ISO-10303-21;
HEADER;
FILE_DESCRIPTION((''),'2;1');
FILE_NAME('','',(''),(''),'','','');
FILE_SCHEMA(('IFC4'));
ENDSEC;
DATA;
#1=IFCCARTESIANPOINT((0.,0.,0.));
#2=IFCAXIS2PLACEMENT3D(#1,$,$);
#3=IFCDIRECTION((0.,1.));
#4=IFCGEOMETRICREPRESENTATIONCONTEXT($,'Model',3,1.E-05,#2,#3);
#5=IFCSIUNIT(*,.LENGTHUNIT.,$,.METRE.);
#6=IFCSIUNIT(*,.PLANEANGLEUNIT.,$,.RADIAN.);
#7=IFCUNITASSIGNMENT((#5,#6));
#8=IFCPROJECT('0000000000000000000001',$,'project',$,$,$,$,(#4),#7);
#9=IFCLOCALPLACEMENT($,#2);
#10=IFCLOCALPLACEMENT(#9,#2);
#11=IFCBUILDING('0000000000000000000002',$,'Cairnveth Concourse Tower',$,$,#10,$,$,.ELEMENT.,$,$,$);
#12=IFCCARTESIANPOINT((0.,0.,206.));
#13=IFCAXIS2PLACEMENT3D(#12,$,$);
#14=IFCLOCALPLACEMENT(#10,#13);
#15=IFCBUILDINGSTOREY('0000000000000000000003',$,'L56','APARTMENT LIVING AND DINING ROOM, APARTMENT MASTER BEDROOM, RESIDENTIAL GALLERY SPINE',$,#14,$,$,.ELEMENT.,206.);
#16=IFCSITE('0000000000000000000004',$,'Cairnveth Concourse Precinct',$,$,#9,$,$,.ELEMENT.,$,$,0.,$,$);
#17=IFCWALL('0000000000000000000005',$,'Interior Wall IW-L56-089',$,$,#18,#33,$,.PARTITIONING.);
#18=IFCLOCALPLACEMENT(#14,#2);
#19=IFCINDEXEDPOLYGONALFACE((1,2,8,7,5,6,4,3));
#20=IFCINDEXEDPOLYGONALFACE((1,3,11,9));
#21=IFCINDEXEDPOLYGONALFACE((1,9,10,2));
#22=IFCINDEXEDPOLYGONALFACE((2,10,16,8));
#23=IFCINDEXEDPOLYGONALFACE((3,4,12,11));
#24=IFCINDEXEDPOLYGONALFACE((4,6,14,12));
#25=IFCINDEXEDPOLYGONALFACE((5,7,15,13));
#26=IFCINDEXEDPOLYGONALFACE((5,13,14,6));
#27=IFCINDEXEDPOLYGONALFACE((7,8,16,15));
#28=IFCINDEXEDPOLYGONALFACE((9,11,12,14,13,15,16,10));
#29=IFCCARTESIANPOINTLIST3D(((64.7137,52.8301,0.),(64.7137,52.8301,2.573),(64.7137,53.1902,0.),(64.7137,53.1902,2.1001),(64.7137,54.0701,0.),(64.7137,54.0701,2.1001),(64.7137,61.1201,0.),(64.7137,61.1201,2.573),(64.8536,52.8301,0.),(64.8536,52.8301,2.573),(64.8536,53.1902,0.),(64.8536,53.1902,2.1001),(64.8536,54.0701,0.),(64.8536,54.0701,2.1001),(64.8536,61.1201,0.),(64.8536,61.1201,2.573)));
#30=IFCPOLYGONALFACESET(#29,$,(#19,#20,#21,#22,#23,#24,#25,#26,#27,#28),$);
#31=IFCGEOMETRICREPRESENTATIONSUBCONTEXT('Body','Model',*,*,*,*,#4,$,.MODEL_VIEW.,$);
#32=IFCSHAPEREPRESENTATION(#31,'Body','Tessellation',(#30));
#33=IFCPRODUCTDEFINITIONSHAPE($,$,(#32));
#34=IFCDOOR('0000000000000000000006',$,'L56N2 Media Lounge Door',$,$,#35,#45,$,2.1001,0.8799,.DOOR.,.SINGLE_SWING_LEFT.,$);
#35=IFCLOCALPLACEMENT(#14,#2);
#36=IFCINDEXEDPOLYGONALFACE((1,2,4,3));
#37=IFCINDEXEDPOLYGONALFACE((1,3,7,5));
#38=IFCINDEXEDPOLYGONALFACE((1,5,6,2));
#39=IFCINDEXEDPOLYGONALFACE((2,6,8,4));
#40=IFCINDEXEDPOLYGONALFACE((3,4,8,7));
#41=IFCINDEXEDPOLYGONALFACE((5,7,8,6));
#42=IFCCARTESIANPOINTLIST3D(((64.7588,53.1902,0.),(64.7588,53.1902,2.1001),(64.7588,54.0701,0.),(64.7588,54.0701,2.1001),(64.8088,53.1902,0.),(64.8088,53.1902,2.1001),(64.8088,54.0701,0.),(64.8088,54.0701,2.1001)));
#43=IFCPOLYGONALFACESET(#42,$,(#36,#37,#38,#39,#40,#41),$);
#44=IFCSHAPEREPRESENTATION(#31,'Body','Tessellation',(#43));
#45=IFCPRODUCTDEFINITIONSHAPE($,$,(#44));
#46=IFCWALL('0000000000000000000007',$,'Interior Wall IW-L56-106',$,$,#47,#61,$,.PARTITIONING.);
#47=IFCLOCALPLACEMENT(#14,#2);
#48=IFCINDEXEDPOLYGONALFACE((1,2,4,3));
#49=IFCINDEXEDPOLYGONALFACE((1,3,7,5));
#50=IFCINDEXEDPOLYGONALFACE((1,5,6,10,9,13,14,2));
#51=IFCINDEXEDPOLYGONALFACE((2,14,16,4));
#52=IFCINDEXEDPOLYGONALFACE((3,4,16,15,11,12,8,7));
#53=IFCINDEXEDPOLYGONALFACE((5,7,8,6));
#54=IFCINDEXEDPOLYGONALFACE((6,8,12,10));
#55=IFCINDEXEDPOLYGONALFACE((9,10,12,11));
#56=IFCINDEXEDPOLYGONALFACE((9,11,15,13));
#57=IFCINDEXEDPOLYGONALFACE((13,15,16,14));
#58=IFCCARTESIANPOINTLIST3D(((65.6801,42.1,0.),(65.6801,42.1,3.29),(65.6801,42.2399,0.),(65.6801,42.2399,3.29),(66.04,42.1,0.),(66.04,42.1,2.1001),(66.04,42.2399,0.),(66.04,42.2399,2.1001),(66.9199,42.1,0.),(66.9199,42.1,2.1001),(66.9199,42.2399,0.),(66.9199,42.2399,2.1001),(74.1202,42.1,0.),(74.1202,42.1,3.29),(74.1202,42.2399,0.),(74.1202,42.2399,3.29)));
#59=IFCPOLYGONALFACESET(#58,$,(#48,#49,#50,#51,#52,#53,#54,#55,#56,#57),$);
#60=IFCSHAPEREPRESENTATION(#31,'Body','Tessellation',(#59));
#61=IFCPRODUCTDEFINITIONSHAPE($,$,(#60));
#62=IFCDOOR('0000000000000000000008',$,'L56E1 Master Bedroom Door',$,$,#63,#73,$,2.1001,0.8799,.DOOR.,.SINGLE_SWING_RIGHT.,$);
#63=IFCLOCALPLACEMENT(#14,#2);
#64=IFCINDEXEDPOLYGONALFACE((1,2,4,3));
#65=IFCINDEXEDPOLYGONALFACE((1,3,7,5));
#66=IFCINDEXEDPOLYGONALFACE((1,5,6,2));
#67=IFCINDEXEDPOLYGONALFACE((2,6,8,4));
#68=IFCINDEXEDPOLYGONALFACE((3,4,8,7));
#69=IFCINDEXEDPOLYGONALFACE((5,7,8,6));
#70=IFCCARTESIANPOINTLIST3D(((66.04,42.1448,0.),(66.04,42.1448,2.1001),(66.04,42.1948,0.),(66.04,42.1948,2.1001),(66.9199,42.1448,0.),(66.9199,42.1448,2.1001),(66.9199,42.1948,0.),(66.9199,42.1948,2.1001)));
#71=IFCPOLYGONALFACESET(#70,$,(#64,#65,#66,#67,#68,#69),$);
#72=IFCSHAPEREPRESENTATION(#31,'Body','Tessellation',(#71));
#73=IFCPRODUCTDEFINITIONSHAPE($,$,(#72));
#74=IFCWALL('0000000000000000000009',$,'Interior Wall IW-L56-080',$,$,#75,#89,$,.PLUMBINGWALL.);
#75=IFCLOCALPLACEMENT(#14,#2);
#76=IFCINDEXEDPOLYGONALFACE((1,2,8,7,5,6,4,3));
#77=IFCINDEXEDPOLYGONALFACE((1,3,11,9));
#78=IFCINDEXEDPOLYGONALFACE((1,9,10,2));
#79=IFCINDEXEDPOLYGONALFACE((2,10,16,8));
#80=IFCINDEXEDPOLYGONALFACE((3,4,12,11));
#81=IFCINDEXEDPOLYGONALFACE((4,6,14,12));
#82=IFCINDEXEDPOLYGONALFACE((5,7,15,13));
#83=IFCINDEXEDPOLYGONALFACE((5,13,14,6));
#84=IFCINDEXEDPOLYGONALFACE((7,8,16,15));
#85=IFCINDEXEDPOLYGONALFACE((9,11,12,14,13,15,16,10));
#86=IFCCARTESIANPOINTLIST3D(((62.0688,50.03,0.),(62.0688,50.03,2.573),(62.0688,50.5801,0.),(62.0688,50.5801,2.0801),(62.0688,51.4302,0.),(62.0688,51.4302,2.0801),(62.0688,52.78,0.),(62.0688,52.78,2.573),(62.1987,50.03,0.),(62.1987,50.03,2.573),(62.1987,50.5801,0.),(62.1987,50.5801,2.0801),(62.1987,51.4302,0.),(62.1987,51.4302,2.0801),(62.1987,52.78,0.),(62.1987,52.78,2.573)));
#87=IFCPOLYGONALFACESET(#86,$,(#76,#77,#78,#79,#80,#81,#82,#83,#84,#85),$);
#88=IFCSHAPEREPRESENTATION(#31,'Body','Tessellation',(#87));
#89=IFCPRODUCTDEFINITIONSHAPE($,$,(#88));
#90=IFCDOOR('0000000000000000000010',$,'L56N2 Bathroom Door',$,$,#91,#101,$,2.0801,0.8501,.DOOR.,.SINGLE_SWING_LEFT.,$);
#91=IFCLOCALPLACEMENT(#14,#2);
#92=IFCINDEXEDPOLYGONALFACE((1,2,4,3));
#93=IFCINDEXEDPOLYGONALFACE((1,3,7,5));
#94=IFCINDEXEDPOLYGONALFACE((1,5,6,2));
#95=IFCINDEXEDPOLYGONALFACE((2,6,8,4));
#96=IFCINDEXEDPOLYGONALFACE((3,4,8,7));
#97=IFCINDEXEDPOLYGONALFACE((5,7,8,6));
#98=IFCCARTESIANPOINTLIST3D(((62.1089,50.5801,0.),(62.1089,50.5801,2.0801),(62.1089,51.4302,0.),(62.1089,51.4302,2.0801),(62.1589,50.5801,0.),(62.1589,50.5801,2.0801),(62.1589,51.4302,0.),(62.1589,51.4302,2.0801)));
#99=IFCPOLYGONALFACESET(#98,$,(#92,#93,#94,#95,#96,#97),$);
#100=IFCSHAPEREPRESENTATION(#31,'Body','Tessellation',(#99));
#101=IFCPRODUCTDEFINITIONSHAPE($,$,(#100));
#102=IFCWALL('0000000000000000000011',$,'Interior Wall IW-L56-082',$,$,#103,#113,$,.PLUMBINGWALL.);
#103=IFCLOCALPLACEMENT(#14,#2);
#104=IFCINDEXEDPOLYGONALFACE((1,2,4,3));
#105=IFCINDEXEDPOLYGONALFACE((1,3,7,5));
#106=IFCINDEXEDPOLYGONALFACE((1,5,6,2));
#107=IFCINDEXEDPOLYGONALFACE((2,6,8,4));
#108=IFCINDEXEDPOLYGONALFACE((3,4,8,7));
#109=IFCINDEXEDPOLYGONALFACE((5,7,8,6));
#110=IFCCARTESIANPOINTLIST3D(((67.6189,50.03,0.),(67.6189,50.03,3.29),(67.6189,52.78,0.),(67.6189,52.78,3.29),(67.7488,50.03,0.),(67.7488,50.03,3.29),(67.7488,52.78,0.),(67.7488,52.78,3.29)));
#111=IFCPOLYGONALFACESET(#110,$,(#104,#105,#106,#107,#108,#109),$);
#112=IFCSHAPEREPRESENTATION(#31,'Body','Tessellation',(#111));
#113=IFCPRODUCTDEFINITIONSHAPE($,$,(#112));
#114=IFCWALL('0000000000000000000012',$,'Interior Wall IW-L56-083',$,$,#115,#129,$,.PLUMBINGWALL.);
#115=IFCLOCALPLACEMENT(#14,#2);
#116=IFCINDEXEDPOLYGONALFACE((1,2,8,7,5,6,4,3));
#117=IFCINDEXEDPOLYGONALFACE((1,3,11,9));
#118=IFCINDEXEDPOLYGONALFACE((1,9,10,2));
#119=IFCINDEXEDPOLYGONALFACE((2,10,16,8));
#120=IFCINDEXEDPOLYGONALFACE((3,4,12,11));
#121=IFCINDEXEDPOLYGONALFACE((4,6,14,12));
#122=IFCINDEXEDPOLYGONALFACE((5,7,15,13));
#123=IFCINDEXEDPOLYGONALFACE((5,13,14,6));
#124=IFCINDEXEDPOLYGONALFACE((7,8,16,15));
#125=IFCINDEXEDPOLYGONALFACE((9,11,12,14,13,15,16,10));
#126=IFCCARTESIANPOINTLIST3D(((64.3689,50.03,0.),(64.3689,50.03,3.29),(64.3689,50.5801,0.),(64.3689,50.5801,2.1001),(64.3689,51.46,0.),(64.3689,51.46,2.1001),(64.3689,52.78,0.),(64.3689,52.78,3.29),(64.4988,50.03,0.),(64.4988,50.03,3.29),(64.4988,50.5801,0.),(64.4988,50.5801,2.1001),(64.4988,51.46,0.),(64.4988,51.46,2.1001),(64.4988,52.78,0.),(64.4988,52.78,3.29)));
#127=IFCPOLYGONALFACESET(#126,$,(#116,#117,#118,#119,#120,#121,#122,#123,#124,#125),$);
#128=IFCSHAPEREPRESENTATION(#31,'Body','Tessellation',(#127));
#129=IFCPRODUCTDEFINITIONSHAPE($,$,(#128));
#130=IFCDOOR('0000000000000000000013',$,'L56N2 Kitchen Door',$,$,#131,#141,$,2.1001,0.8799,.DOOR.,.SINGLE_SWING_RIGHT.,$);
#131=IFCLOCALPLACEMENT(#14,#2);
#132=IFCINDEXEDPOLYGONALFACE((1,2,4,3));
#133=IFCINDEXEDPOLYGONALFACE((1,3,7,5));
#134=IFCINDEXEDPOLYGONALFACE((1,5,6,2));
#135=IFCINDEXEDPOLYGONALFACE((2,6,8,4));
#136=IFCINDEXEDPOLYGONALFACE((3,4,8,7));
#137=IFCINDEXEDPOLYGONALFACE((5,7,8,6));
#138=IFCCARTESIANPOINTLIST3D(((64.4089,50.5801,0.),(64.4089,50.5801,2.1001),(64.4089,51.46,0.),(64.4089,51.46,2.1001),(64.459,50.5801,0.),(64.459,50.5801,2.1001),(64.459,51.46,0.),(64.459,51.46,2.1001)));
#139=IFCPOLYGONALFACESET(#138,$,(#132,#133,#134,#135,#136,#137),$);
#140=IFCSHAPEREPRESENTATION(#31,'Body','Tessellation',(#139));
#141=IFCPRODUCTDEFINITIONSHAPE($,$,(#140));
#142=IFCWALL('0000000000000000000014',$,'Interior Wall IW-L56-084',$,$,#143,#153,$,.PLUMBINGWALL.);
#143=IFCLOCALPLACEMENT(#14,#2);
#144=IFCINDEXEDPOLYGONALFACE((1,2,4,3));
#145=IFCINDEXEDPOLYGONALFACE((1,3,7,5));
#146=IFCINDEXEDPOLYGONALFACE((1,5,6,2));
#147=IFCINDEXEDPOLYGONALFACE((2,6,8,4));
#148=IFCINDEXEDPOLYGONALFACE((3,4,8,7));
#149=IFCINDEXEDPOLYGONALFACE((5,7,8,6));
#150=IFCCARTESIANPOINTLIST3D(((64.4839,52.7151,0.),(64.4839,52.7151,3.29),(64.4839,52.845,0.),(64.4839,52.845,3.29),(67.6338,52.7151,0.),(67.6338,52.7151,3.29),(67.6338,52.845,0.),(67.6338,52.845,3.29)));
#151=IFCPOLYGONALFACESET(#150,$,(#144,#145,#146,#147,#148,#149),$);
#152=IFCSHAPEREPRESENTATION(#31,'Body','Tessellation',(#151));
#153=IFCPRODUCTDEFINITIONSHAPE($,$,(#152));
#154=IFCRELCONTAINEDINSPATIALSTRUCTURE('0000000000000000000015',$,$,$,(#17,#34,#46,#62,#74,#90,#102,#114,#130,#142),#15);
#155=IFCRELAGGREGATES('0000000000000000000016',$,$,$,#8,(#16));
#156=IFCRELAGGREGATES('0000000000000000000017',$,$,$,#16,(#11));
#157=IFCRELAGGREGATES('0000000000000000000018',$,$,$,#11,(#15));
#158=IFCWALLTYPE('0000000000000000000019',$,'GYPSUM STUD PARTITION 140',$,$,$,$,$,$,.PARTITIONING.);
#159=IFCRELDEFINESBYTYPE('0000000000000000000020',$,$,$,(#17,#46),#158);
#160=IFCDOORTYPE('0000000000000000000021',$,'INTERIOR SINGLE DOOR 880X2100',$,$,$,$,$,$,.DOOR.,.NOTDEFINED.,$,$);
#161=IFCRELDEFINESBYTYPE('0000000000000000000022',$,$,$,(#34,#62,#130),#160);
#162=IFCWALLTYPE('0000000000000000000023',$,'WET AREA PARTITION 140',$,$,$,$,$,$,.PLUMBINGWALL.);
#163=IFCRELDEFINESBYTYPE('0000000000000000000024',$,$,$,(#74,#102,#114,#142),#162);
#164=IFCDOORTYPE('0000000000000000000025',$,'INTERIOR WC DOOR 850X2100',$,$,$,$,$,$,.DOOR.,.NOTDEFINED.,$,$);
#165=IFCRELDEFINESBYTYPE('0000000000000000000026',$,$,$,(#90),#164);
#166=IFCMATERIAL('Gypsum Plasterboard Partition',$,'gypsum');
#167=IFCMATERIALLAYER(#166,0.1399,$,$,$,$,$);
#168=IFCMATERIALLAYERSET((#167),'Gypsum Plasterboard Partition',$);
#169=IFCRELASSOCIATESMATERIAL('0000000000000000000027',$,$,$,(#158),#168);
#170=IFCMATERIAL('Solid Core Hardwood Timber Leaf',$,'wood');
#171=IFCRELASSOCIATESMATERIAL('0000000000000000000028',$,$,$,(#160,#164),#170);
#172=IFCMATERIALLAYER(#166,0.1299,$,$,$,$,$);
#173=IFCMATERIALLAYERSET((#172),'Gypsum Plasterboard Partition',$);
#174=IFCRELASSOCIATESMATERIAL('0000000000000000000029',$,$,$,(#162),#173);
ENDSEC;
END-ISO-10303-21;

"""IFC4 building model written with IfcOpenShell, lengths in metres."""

from ifc_helpers import new_model, si_unit, direction, frame, frame_2d, origin, place, context, subcontext, project, spatial, rectangle, extrude, material, layer, layer_set, type_object, element, fill, save


model = new_model("IFC4")

# Units and contexts
model_context = context("Model", 3, precision=1e-05, world=origin(), true_north=direction((0.0, 1.0)))
body_context = subcontext(model_context, "Body", "Model", "MODEL_VIEW")
ifc_project = project(units=[si_unit("LENGTHUNIT", "METRE"), si_unit("PLANEANGLEUNIT", "RADIAN")], contexts=[model_context])

# Site, building, storey
site_placement = place(None, origin())
site = spatial("IfcSite", under=ifc_project, at=site_placement, Name="Cairnveth Concourse Precinct", CompositionType="ELEMENT", RefElevation=0.0)
building_placement = place(site_placement, origin())
building = spatial("IfcBuilding", under=site, at=building_placement, Name="Cairnveth Concourse Tower", CompositionType="ELEMENT")
storey_placement = place(building_placement, frame((0.0, 0.0, 206.0)))
storey = spatial("IfcBuildingStorey", under=building, at=storey_placement, Name="L56", Description="APARTMENT LIVING AND DINING ROOM, APARTMENT MASTER BEDROOM, RESIDENTIAL GALLERY SPINE", CompositionType="ELEMENT", Elevation=206.0)

# Shared definitions
ifc_material_1 = material(Name="Gypsum Plasterboard Partition", Category="gypsum")

# Walls, openings, doors
ifc_layer_1 = layer(ifc_material_1, 0.1399)
ifc_layer_set_1 = layer_set([ifc_layer_1], Name="Gypsum Plasterboard Partition")
wall_type_1 = type_object("IfcWallType", Name="GYPSUM STUD PARTITION 140", PredefinedType="PARTITIONING", material=ifc_layer_set_1)
ifc_material_2 = material(Name="Solid Core Hardwood Timber Leaf", Category="wood")
door_type_1 = type_object("IfcDoorType", Name="INTERIOR SINGLE DOOR 880X2100", OperationType="NOTDEFINED", PredefinedType="DOOR", material=ifc_material_2)
wall_1_placement = place(storey_placement, frame((64.7837, 52.8301, 0.0), z_axis=(0.0, 0.0, 1.0), x_axis=(0.0, 1.0, 0.0)))
wall_1 = element("IfcWall", 1, at=wall_1_placement, inside=storey, type_object=wall_type_1, Name="Interior Wall IW-L56-089", PredefinedType="PARTITIONING", context=body_context, shape_type="SweptSolid", body=[
    extrude(rectangle(XDim=8.29, YDim=0.1399, at=frame_2d((4.145, 0.0))), origin(), (0.0, 0.0, 1.0), 2.573),
])
opening_1_placement = place(wall_1_placement, frame((0.3601, 0.0, 0.0)))
opening_1 = element("IfcOpeningElement", 2, at=opening_1_placement, cuts=wall_1, PredefinedType="OPENING", context=body_context, shape_type="SweptSolid", body=[
    extrude(rectangle(XDim=0.8799, YDim=2.1001, at=frame_2d((0.4399, 1.05))), frame((0.0, 0.0798, 0.0), z_axis=(0.0, -1.0, 0.0), x_axis=(1.0, 0.0, 0.0)), (0.0, 0.0, 1.0), 0.1599),
])
door_1_placement = place(opening_1_placement, origin())
door_1 = element("IfcDoor", 3, at=door_1_placement, inside=storey, type_object=door_type_1, Name="L56N2 Media Lounge Door", OperationType="SINGLE_SWING_LEFT", OverallHeight=2.1001, OverallWidth=0.8799, PredefinedType="DOOR", context=body_context, shape_type="SweptSolid", body=[
    extrude(rectangle(XDim=0.8799, YDim=2.1001, at=frame_2d((0.4399, 1.05))), frame((0.0, 0.0249, 0.0), z_axis=(0.0, -1.0, 0.0), x_axis=(1.0, 0.0, 0.0)), (0.0, 0.0, 1.0), 0.05),
])
fill(opening_1, door_1)
wall_2_placement = place(storey_placement, frame((65.6799, 42.1699, 0.0), z_axis=(0.0, 0.0, 1.0), x_axis=(1.0, 0.0, 0.0)))
wall_2 = element("IfcWall", 4, at=wall_2_placement, inside=storey, type_object=wall_type_1, Name="Interior Wall IW-L56-106", PredefinedType="PARTITIONING", context=body_context, shape_type="SweptSolid", body=[
    extrude(rectangle(XDim=8.4402, YDim=0.1399, at=frame_2d((4.2202, 0.0))), origin(), (0.0, 0.0, 1.0), 3.29),
])
opening_2_placement = place(wall_2_placement, frame((0.3601, 0.0, 0.0)))
opening_2 = element("IfcOpeningElement", 5, at=opening_2_placement, cuts=wall_2, PredefinedType="OPENING", context=body_context, shape_type="SweptSolid", body=[
    extrude(rectangle(XDim=0.8799, YDim=2.1001, at=frame_2d((0.4399, 1.05))), frame((0.0, 0.0798, 0.0), z_axis=(0.0, -1.0, 0.0), x_axis=(1.0, 0.0, 0.0)), (0.0, 0.0, 1.0), 0.1599),
])
door_2_placement = place(opening_2_placement, origin())
door_2 = element("IfcDoor", 6, at=door_2_placement, inside=storey, type_object=door_type_1, Name="L56E1 Master Bedroom Door", OperationType="SINGLE_SWING_RIGHT", OverallHeight=2.1001, OverallWidth=0.8799, PredefinedType="DOOR", context=body_context, shape_type="SweptSolid", body=[
    extrude(rectangle(XDim=0.8799, YDim=2.1001, at=frame_2d((0.4399, 1.05))), frame((0.0, 0.0249, 0.0), z_axis=(0.0, -1.0, 0.0), x_axis=(1.0, 0.0, 0.0)), (0.0, 0.0, 1.0), 0.05),
])
fill(opening_2, door_2)
ifc_layer_2 = layer(ifc_material_1, 0.1299)
ifc_layer_set_2 = layer_set([ifc_layer_2], Name="Gypsum Plasterboard Partition")
wall_type_2 = type_object("IfcWallType", Name="WET AREA PARTITION 140", PredefinedType="PLUMBINGWALL", material=ifc_layer_set_2)
wall_3_placement = place(storey_placement, frame((62.1338, 50.03, 0.0), z_axis=(0.0, 0.0, 1.0), x_axis=(0.0, 1.0, 0.0)))
wall_3 = element("IfcWall", 7, at=wall_3_placement, inside=storey, type_object=wall_type_2, Name="Interior Wall IW-L56-080", PredefinedType="PLUMBINGWALL", context=body_context, shape_type="SweptSolid", body=[
    extrude(rectangle(XDim=2.75, YDim=0.1299, at=frame_2d((1.375, 0.0))), origin(), (0.0, 0.0, 1.0), 2.573),
])
opening_3_placement = place(wall_3_placement, frame((0.55, 0.0, 0.0)))
opening_3 = element("IfcOpeningElement", 8, at=opening_3_placement, cuts=wall_3, PredefinedType="OPENING", context=body_context, shape_type="SweptSolid", body=[
    extrude(rectangle(XDim=0.8501, YDim=2.0801, at=frame_2d((0.425, 1.04))), frame((0.0, 0.075, 0.0), z_axis=(0.0, -1.0, 0.0), x_axis=(1.0, 0.0, 0.0)), (0.0, 0.0, 1.0), 0.1499),
])
door_type_2 = type_object("IfcDoorType", Name="INTERIOR WC DOOR 850X2100", OperationType="NOTDEFINED", PredefinedType="DOOR", material=ifc_material_2)
door_3_placement = place(opening_3_placement, origin())
door_3 = element("IfcDoor", 9, at=door_3_placement, inside=storey, type_object=door_type_2, Name="L56N2 Bathroom Door", OperationType="SINGLE_SWING_LEFT", OverallHeight=2.0801, OverallWidth=0.8501, PredefinedType="DOOR", context=body_context, shape_type="SweptSolid", body=[
    extrude(rectangle(XDim=0.8501, YDim=2.0801, at=frame_2d((0.425, 1.04))), frame((0.0, 0.0249, 0.0), z_axis=(0.0, -1.0, 0.0), x_axis=(1.0, 0.0, 0.0)), (0.0, 0.0, 1.0), 0.05),
])
fill(opening_3, door_3)

# Wall
wall_4_placement = place(storey_placement, frame((67.6838, 50.03, 0.0), z_axis=(0.0, 0.0, 1.0), x_axis=(0.0, 1.0, 0.0)))
element("IfcWall", 10, at=wall_4_placement, inside=storey, type_object=wall_type_2, Name="Interior Wall IW-L56-082", PredefinedType="PLUMBINGWALL", context=body_context, shape_type="SweptSolid", body=[
    extrude(rectangle(XDim=2.75, YDim=0.1299, at=frame_2d((1.375, 0.0))), origin(), (0.0, 0.0, 1.0), 3.29),
])

# Wall, opening, door
wall_5_placement = place(storey_placement, frame((64.4338, 50.03, 0.0), z_axis=(0.0, 0.0, 1.0), x_axis=(0.0, 1.0, 0.0)))
wall_5 = element("IfcWall", 11, at=wall_5_placement, inside=storey, type_object=wall_type_2, Name="Interior Wall IW-L56-083", PredefinedType="PLUMBINGWALL", context=body_context, shape_type="SweptSolid", body=[
    extrude(rectangle(XDim=2.75, YDim=0.1299, at=frame_2d((1.375, 0.0))), origin(), (0.0, 0.0, 1.0), 3.29),
])
opening_4_placement = place(wall_5_placement, frame((0.55, 0.0, 0.0)))
opening_4 = element("IfcOpeningElement", 12, at=opening_4_placement, cuts=wall_5, PredefinedType="OPENING", context=body_context, shape_type="SweptSolid", body=[
    extrude(rectangle(XDim=0.8799, YDim=2.1001, at=frame_2d((0.4399, 1.05))), frame((0.0, 0.075, 0.0), z_axis=(0.0, -1.0, 0.0), x_axis=(1.0, 0.0, 0.0)), (0.0, 0.0, 1.0), 0.1499),
])
door_4_placement = place(opening_4_placement, origin())
door_4 = element("IfcDoor", 13, at=door_4_placement, inside=storey, type_object=door_type_1, Name="L56N2 Kitchen Door", OperationType="SINGLE_SWING_RIGHT", OverallHeight=2.1001, OverallWidth=0.8799, PredefinedType="DOOR", context=body_context, shape_type="SweptSolid", body=[
    extrude(rectangle(XDim=0.8799, YDim=2.1001, at=frame_2d((0.4399, 1.05))), frame((0.0, 0.0249, 0.0), z_axis=(0.0, -1.0, 0.0), x_axis=(1.0, 0.0, 0.0)), (0.0, 0.0, 1.0), 0.05),
])
fill(opening_4, door_4)

# Wall
wall_6_placement = place(storey_placement, frame((64.4839, 52.78, 0.0), z_axis=(0.0, 0.0, 1.0), x_axis=(1.0, 0.0, 0.0)))
element("IfcWall", 14, at=wall_6_placement, inside=storey, type_object=wall_type_2, Name="Interior Wall IW-L56-084", PredefinedType="PLUMBINGWALL", context=body_context, shape_type="SweptSolid", body=[
    extrude(rectangle(XDim=3.1499, YDim=0.1299, at=frame_2d((1.575, 0.0))), origin(), (0.0, 0.0, 1.0), 3.29),
])

save(model, "model.ifc")
